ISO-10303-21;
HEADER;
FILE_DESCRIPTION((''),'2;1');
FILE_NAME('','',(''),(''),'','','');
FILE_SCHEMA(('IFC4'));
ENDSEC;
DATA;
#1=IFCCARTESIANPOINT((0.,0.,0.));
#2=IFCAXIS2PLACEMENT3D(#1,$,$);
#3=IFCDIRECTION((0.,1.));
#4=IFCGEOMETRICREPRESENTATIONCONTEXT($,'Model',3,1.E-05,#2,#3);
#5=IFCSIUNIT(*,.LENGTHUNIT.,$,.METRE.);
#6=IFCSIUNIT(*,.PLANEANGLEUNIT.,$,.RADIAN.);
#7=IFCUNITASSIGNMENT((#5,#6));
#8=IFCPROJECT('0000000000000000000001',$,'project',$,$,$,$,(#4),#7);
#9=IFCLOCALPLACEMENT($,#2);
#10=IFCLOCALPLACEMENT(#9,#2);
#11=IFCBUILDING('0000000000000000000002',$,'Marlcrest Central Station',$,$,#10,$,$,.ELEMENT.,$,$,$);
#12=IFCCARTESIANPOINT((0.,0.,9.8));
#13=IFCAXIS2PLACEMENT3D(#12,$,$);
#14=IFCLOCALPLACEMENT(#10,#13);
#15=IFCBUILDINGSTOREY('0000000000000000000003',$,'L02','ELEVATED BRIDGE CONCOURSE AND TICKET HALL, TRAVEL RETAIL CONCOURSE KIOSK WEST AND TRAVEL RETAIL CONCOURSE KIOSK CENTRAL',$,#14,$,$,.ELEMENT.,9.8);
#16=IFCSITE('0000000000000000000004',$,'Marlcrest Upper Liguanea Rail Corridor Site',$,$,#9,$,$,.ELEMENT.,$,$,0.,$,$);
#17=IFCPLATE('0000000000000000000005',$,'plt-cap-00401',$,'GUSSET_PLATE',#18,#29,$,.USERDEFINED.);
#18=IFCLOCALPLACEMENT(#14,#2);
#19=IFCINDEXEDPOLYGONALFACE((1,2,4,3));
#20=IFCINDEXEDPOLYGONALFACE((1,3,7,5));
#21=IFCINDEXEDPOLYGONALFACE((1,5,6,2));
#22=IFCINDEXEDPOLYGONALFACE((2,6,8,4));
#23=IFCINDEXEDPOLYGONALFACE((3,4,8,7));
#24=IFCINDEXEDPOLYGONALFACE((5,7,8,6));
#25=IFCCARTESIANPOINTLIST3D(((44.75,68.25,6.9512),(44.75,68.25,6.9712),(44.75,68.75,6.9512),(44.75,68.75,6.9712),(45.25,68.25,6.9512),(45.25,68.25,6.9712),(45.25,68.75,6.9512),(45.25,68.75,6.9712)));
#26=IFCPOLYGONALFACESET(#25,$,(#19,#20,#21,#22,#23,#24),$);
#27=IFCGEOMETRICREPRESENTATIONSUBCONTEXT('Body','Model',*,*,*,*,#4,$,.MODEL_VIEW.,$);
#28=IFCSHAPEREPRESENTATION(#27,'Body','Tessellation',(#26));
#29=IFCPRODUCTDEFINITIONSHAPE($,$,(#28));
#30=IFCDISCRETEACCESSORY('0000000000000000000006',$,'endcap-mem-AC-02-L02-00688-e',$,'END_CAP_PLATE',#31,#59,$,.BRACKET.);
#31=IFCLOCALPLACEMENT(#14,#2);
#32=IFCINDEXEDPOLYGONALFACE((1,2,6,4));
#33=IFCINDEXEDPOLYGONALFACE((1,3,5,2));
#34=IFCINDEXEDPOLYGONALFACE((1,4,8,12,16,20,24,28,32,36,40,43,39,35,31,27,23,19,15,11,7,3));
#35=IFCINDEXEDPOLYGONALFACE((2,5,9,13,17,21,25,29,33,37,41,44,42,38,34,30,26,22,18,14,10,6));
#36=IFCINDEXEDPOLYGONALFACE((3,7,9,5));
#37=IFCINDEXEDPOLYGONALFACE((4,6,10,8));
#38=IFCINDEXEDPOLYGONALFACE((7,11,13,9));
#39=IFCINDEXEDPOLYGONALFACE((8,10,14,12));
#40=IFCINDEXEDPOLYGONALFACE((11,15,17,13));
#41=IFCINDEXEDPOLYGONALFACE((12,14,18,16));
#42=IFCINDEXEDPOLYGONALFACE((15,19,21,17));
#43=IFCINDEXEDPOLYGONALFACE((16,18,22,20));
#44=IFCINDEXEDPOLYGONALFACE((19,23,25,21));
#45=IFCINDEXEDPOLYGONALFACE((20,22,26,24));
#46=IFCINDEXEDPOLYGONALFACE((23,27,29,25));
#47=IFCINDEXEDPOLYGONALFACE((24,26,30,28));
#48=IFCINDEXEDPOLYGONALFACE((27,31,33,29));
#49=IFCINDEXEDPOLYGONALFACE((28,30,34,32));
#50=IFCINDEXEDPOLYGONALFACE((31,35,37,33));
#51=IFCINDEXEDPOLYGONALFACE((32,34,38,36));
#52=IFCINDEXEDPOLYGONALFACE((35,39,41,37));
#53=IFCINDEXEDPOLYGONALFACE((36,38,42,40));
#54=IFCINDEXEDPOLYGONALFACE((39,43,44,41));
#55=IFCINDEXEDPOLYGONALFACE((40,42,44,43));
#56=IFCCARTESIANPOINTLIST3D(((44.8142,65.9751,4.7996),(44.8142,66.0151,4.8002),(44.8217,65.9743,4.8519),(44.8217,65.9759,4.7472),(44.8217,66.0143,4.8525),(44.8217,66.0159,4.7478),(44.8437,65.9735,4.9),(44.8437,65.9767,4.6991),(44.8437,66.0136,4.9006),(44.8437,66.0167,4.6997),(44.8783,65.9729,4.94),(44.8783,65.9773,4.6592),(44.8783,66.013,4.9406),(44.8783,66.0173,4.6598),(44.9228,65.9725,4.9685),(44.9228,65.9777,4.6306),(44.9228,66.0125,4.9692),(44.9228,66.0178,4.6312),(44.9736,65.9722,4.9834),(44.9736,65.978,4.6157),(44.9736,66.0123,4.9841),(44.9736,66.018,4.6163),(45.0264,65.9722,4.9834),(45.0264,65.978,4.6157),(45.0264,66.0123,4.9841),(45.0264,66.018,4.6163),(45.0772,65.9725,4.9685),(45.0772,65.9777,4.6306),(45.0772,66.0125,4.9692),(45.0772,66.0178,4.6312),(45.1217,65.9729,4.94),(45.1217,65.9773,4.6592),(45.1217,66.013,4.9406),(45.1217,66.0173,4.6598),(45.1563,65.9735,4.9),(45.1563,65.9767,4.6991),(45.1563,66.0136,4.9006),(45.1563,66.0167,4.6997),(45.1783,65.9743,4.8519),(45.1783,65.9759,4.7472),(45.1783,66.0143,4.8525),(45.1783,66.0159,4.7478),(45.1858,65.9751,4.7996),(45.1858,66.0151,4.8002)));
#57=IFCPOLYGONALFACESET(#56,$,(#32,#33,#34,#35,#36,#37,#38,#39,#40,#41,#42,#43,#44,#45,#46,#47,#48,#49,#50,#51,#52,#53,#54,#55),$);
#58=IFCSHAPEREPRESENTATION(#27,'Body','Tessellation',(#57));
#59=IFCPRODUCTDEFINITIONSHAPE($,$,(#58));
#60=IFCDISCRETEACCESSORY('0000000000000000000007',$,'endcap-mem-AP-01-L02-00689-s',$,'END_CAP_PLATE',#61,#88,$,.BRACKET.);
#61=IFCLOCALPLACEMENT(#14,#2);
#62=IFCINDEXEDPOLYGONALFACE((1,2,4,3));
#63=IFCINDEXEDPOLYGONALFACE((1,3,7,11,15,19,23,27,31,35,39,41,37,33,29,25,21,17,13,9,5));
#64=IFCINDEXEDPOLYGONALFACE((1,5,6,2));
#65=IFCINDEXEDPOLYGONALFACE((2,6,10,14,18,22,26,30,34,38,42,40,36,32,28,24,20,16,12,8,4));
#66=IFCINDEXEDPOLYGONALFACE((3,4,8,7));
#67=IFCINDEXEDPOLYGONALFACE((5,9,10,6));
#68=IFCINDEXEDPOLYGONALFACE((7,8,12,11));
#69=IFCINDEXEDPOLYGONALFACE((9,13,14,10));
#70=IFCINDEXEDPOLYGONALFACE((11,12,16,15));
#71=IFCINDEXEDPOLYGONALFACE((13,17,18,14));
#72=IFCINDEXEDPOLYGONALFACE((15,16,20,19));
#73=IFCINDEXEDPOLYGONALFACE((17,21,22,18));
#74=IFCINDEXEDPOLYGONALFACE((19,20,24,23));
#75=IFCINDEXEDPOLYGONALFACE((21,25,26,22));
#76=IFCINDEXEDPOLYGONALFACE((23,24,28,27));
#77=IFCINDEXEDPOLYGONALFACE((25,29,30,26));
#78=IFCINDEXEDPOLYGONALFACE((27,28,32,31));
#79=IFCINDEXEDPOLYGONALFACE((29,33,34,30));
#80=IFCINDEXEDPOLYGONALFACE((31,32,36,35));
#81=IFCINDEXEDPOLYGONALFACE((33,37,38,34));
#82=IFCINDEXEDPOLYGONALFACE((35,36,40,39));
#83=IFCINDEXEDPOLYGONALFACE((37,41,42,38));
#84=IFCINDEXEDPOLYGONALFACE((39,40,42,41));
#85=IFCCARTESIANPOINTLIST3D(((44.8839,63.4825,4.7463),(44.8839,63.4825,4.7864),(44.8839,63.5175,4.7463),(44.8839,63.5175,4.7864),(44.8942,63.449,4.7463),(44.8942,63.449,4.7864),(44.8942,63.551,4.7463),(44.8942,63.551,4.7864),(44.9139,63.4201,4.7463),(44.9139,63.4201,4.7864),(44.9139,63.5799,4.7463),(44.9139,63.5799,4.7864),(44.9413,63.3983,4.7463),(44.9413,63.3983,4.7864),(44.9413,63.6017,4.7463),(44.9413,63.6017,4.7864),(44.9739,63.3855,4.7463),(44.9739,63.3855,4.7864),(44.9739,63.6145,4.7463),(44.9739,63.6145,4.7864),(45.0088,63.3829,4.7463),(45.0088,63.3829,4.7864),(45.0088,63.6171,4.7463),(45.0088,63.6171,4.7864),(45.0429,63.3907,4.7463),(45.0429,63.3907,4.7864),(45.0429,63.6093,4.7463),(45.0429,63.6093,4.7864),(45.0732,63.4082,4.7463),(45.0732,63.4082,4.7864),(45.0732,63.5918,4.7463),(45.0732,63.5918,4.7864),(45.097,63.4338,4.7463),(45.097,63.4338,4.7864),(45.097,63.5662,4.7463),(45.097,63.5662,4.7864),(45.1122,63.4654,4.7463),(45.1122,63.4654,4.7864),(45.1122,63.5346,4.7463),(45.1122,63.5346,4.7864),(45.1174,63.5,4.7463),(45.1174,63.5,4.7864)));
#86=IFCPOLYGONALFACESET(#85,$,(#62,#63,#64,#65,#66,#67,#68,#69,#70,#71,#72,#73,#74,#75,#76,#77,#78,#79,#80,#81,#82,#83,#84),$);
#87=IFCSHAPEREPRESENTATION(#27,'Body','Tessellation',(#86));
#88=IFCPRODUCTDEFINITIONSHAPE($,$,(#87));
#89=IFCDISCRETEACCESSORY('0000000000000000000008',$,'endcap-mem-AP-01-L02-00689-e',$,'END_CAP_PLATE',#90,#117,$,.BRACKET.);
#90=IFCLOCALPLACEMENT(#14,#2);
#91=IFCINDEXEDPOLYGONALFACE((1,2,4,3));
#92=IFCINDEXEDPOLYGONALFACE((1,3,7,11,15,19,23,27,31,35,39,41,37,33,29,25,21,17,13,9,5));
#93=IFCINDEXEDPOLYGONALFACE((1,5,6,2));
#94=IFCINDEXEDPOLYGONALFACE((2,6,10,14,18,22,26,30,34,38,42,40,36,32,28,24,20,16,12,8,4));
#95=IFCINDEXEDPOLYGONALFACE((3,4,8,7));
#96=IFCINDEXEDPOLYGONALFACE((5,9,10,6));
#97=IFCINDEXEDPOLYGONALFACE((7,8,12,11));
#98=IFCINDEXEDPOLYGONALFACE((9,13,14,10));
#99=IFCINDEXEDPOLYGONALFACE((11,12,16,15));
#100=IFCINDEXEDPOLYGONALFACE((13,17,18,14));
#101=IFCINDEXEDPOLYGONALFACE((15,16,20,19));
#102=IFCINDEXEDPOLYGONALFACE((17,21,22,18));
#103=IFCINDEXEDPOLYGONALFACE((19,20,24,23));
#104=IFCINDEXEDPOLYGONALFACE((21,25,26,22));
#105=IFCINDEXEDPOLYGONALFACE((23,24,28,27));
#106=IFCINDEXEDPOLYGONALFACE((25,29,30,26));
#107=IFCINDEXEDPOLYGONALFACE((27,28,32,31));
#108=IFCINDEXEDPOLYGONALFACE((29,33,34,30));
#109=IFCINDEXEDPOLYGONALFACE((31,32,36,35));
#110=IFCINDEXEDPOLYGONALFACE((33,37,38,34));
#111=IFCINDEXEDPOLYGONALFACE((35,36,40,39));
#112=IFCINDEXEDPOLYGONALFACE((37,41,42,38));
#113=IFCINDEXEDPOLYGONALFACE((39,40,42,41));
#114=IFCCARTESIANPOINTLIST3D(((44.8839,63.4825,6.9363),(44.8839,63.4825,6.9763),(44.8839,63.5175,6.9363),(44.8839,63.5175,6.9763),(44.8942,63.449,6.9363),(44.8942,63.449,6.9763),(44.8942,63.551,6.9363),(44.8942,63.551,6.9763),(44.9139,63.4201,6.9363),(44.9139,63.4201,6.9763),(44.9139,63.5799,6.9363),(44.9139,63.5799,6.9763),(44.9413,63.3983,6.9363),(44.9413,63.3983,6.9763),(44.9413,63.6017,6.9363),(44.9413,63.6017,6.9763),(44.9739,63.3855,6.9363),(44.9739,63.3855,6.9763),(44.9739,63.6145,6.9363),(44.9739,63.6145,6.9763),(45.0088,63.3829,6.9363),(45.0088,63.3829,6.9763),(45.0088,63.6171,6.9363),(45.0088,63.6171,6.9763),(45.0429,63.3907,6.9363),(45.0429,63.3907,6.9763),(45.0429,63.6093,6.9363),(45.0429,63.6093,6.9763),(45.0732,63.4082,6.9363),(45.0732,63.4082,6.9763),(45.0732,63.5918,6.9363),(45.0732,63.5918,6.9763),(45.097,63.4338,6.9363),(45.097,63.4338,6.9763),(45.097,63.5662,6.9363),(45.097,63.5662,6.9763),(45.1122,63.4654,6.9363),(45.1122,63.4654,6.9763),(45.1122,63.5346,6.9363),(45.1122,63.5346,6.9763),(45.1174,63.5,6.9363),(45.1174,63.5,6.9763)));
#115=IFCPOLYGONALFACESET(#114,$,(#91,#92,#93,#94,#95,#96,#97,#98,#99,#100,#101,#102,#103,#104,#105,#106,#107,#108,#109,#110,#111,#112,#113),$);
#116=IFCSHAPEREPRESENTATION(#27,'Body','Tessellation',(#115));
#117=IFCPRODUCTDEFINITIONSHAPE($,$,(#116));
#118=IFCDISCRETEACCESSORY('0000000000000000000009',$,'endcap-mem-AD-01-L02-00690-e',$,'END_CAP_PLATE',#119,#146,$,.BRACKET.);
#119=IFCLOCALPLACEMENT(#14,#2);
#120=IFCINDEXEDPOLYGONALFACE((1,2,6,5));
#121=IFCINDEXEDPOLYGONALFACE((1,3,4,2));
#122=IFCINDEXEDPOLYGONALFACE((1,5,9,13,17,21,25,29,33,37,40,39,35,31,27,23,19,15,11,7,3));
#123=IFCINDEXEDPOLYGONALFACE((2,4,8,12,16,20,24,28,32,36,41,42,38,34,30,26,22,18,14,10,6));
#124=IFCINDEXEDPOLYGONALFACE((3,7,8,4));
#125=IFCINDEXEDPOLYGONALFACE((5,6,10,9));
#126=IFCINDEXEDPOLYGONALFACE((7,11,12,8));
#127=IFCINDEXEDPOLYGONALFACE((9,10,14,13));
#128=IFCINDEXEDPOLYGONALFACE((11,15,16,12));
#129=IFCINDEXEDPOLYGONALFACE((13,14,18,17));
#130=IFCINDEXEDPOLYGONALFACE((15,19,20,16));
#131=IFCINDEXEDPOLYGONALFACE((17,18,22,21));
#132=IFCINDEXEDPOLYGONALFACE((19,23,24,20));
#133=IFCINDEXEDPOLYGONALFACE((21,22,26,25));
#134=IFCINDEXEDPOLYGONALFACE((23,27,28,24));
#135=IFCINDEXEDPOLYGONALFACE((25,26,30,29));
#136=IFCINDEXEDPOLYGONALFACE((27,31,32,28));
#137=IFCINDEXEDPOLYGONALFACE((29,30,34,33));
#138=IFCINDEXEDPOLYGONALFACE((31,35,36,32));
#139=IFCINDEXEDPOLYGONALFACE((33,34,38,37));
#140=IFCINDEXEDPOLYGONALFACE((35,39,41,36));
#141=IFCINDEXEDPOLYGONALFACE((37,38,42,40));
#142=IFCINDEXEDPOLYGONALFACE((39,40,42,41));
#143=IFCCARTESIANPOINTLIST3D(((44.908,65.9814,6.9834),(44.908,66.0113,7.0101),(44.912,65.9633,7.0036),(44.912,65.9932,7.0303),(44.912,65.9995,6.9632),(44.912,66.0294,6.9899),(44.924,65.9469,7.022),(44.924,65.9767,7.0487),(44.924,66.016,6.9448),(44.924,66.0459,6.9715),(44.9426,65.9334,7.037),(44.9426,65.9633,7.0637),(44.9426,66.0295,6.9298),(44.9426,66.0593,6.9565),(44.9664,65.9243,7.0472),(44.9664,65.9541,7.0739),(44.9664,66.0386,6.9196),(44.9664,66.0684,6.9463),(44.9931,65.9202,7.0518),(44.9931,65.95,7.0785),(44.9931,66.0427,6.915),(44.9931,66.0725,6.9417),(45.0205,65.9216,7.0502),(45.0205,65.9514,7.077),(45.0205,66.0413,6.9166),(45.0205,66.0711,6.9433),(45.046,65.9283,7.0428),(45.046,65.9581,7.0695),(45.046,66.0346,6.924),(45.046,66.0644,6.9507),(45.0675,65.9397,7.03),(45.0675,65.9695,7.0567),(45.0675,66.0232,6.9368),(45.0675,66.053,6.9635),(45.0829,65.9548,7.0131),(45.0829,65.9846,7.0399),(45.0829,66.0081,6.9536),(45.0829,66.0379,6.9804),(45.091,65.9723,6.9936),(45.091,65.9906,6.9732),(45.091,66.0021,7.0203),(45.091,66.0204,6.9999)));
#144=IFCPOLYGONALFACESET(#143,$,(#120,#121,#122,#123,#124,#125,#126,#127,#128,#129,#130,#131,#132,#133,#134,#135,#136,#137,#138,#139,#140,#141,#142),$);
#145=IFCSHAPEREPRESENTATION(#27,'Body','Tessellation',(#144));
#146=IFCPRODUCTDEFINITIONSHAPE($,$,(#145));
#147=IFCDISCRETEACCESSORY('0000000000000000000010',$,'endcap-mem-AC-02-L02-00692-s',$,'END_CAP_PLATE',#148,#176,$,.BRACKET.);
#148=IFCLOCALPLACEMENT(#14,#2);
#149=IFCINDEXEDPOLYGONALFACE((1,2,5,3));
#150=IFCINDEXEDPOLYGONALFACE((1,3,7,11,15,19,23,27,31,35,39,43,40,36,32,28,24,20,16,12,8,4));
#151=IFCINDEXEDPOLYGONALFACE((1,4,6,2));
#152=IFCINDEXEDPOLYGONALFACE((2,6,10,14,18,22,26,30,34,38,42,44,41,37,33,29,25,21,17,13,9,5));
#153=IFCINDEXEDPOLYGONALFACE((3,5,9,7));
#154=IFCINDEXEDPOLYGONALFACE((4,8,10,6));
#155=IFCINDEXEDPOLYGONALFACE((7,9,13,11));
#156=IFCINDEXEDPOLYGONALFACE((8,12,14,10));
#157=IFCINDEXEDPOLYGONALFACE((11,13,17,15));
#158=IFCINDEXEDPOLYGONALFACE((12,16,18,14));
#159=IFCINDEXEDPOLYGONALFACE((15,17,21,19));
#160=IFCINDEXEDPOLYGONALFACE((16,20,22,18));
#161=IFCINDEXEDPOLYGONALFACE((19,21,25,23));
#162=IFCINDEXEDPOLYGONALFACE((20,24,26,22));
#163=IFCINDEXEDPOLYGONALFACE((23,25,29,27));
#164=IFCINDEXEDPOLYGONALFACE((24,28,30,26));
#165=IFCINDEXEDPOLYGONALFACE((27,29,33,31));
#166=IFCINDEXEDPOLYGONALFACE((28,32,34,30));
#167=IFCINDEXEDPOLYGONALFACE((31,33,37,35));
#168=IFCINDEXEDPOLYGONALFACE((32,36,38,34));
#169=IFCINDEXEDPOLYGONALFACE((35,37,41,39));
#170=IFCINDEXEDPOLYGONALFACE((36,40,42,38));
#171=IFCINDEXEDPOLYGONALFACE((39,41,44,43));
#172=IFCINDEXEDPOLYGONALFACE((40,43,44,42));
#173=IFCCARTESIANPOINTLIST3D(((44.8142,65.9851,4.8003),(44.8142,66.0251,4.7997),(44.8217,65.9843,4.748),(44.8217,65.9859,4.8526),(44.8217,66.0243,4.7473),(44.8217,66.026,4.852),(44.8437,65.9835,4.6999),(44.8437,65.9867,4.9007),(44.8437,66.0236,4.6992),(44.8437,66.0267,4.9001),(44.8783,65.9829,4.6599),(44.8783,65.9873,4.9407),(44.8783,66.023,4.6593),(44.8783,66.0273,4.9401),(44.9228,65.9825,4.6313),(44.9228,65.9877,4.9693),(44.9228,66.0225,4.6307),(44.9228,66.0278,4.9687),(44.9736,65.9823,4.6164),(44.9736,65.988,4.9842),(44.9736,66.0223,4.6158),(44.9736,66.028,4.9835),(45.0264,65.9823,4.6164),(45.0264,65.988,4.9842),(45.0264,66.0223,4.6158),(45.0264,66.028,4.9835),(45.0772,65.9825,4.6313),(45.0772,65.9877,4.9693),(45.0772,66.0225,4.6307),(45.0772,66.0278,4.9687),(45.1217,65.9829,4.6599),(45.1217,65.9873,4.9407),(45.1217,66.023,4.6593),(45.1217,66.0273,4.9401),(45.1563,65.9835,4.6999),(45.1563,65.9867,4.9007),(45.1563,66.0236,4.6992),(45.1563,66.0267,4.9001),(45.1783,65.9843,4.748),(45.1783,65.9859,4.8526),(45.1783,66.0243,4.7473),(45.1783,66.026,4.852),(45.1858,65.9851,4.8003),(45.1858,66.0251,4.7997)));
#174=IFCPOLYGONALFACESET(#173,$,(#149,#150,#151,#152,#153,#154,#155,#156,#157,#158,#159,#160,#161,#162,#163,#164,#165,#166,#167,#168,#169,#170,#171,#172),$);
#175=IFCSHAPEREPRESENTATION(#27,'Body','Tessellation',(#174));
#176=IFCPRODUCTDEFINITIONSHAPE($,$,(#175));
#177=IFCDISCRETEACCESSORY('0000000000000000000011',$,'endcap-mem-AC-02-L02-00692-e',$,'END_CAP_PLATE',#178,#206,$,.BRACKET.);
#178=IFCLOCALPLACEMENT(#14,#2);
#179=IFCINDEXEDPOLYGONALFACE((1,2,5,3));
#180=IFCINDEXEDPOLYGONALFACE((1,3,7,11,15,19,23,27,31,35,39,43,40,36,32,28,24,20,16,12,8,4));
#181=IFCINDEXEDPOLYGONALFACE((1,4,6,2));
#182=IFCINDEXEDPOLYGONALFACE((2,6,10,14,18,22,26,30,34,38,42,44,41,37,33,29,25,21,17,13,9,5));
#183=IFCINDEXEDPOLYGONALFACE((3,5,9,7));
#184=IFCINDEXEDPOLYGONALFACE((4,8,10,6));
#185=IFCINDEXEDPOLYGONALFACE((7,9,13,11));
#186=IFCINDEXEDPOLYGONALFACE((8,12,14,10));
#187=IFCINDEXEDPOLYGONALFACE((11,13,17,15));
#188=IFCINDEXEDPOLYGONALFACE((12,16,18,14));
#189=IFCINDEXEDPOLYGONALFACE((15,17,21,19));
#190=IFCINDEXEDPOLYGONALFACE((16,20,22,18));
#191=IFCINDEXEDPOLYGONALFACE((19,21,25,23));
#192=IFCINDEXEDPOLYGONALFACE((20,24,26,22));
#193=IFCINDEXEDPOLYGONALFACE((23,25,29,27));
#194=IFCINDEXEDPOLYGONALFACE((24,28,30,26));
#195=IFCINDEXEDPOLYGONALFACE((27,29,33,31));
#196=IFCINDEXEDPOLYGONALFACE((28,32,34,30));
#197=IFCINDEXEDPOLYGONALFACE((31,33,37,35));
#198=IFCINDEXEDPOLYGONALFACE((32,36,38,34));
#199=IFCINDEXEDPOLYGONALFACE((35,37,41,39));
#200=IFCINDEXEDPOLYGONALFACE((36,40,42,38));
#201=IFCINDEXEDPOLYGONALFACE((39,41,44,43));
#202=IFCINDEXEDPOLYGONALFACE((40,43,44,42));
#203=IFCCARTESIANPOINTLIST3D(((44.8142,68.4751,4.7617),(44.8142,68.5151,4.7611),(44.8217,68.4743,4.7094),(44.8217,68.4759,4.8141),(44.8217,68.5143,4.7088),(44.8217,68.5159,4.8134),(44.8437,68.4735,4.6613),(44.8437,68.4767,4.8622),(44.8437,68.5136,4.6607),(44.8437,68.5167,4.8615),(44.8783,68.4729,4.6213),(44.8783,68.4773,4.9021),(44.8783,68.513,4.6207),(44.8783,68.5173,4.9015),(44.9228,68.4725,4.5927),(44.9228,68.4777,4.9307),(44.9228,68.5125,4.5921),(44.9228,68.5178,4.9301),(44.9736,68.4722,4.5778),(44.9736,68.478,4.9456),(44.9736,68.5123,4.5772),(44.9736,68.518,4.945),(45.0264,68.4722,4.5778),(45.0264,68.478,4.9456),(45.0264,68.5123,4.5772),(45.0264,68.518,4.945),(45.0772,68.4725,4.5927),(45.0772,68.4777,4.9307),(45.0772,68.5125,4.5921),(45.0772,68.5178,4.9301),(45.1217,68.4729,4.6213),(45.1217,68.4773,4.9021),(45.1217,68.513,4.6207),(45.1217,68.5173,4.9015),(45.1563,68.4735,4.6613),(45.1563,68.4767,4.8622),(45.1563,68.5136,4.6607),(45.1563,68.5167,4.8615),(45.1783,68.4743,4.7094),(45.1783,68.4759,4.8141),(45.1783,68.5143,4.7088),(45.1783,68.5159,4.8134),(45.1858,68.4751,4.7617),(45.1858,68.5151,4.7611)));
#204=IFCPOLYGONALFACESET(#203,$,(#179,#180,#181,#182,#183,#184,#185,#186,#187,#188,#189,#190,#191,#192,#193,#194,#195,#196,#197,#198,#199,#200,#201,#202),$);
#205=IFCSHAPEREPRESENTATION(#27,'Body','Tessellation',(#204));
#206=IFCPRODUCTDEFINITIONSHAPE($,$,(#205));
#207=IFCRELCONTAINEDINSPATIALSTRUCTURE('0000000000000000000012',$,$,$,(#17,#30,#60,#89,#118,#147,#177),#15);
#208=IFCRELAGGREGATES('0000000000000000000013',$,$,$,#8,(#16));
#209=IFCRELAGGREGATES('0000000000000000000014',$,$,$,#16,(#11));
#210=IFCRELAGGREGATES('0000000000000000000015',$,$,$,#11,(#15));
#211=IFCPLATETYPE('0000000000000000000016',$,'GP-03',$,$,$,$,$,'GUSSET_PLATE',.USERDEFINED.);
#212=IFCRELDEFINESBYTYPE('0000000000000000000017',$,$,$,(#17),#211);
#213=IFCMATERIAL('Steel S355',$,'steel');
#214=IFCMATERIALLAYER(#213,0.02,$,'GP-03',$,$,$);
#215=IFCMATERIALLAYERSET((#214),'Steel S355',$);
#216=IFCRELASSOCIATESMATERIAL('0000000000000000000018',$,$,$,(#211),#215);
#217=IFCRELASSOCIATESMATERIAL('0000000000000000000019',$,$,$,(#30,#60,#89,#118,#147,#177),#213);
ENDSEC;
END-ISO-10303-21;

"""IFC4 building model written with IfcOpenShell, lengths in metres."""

from ifc_helpers import new_model, si_unit, direction, frame, origin, origin_2d, place, context, subcontext, project, spatial, rectangle, circle, extrude, material, layer, layer_set, type_object, element, save


model = new_model("IFC4")

# Units and contexts
model_context = context("Model", 3, precision=1e-05, world=origin(), true_north=direction((0.0, 1.0)))
body_context = subcontext(model_context, "Body", "Model", "MODEL_VIEW")
ifc_project = project(units=[si_unit("LENGTHUNIT", "METRE"), si_unit("PLANEANGLEUNIT", "RADIAN")], contexts=[model_context])

# Site, building, storey
site_placement = place(None, origin())
site = spatial("IfcSite", under=ifc_project, at=site_placement, Name="Marlcrest Upper Liguanea Rail Corridor Site", CompositionType="ELEMENT", RefElevation=0.0)
building_placement = place(site_placement, origin())
building = spatial("IfcBuilding", under=site, at=building_placement, Name="Marlcrest Central Station", CompositionType="ELEMENT")
storey_placement = place(building_placement, frame((0.0, 0.0, 9.8)))
storey = spatial("IfcBuildingStorey", under=building, at=storey_placement, Name="L02", Description="ELEVATED BRIDGE CONCOURSE AND TICKET HALL, TRAVEL RETAIL CONCOURSE KIOSK WEST AND TRAVEL RETAIL CONCOURSE KIOSK CENTRAL", CompositionType="ELEMENT", Elevation=9.8)

# Shared definitions
ifc_material = material(Name="Steel S355", Category="steel")

# Plate
ifc_layer = layer(ifc_material, 0.02, Name="GP-03")
ifc_layer_set = layer_set([ifc_layer], Name="Steel S355")
plate_type = type_object("IfcPlateType", Name="GP-03", ElementType="GUSSET_PLATE", PredefinedType="USERDEFINED", material=ifc_layer_set)
for number, where, z_axis, x_axis, name in (
    (1, (45.0, 68.5, 6.9512), (0.0, 0.0, 1.0), (1.0, 0.0, 0.0), "plt-cap-00401"),
):
    element("IfcPlate", number, at=place(storey_placement, frame(where, z_axis=z_axis, x_axis=x_axis)), inside=storey, type_object=plate_type, Name=name, ObjectType="GUSSET_PLATE", PredefinedType="USERDEFINED", context=body_context, shape_type="SweptSolid", body=[
        extrude(rectangle(XDim=0.5, YDim=0.5, at=origin_2d()), origin(), (0.0, 0.0, 1.0), 0.02),
    ])

# Discrete accessories
discrete_accessory_1_placement = place(storey_placement, frame((45.0, 65.9751, 4.7996), z_axis=(0.0, 0.999879, 0.015525), x_axis=(-1.0, 0.0, 0.0)))
element("IfcDiscreteAccessory", 2, at=discrete_accessory_1_placement, inside=storey, material=ifc_material, Name="endcap-mem-AC-02-L02-00688-e", ObjectType="END_CAP_PLATE", PredefinedType="BRACKET", context=body_context, shape_type="SweptSolid", body=[
    extrude(circle(Radius=0.1858, at=origin_2d()), origin(), (0.0, 0.0, 1.0), 0.04),
])
for number, where, z_axis, x_axis, name in (
    (3, (45.0, 63.5, 4.7463), (0.0, 0.0, 1.0), (1.0, 0.0, 0.0), "endcap-mem-AP-01-L02-00689-s"),
    (4, (45.0, 63.5, 6.9363), (0.0, 0.0, 1.0), (1.0, 0.0, 0.0), "endcap-mem-AP-01-L02-00689-e"),
):
    element("IfcDiscreteAccessory", number, at=place(storey_placement, frame(where, z_axis=z_axis, x_axis=x_axis)), inside=storey, material=ifc_material, Name=name, ObjectType="END_CAP_PLATE", PredefinedType="BRACKET", context=body_context, shape_type="SweptSolid", body=[
        extrude(circle(Radius=0.1174, at=origin_2d()), origin(), (0.0, 0.0, 1.0), 0.04),
    ])
discrete_accessory_2_placement = place(storey_placement, frame((45.0, 65.9814, 6.9834), z_axis=(0.0, 0.744956, 0.667114), x_axis=(-1.0, 0.0, 0.0)))
element("IfcDiscreteAccessory", 5, at=discrete_accessory_2_placement, inside=storey, material=ifc_material, Name="endcap-mem-AD-01-L02-00690-e", ObjectType="END_CAP_PLATE", PredefinedType="BRACKET", context=body_context, shape_type="SweptSolid", body=[
    extrude(circle(Radius=0.092, at=origin_2d()), origin(), (0.0, 0.0, 1.0), 0.04),
])
for number, where, z_axis, x_axis, name in (
    (6, (45.0, 65.9851, 4.8003), (0.0, 0.999879, -0.015525), (-1.0, 0.0, 0.0), "endcap-mem-AC-02-L02-00692-s"),
    (7, (45.0, 68.4751, 4.7617), (0.0, 0.999879, -0.015525), (-1.0, 0.0, 0.0), "endcap-mem-AC-02-L02-00692-e"),
):
    element("IfcDiscreteAccessory", number, at=place(storey_placement, frame(where, z_axis=z_axis, x_axis=x_axis)), inside=storey, material=ifc_material, Name=name, ObjectType="END_CAP_PLATE", PredefinedType="BRACKET", context=body_context, shape_type="SweptSolid", body=[
        extrude(circle(Radius=0.1858, at=origin_2d()), origin(), (0.0, 0.0, 1.0), 0.04),
    ])

save(model, "model.ifc")
